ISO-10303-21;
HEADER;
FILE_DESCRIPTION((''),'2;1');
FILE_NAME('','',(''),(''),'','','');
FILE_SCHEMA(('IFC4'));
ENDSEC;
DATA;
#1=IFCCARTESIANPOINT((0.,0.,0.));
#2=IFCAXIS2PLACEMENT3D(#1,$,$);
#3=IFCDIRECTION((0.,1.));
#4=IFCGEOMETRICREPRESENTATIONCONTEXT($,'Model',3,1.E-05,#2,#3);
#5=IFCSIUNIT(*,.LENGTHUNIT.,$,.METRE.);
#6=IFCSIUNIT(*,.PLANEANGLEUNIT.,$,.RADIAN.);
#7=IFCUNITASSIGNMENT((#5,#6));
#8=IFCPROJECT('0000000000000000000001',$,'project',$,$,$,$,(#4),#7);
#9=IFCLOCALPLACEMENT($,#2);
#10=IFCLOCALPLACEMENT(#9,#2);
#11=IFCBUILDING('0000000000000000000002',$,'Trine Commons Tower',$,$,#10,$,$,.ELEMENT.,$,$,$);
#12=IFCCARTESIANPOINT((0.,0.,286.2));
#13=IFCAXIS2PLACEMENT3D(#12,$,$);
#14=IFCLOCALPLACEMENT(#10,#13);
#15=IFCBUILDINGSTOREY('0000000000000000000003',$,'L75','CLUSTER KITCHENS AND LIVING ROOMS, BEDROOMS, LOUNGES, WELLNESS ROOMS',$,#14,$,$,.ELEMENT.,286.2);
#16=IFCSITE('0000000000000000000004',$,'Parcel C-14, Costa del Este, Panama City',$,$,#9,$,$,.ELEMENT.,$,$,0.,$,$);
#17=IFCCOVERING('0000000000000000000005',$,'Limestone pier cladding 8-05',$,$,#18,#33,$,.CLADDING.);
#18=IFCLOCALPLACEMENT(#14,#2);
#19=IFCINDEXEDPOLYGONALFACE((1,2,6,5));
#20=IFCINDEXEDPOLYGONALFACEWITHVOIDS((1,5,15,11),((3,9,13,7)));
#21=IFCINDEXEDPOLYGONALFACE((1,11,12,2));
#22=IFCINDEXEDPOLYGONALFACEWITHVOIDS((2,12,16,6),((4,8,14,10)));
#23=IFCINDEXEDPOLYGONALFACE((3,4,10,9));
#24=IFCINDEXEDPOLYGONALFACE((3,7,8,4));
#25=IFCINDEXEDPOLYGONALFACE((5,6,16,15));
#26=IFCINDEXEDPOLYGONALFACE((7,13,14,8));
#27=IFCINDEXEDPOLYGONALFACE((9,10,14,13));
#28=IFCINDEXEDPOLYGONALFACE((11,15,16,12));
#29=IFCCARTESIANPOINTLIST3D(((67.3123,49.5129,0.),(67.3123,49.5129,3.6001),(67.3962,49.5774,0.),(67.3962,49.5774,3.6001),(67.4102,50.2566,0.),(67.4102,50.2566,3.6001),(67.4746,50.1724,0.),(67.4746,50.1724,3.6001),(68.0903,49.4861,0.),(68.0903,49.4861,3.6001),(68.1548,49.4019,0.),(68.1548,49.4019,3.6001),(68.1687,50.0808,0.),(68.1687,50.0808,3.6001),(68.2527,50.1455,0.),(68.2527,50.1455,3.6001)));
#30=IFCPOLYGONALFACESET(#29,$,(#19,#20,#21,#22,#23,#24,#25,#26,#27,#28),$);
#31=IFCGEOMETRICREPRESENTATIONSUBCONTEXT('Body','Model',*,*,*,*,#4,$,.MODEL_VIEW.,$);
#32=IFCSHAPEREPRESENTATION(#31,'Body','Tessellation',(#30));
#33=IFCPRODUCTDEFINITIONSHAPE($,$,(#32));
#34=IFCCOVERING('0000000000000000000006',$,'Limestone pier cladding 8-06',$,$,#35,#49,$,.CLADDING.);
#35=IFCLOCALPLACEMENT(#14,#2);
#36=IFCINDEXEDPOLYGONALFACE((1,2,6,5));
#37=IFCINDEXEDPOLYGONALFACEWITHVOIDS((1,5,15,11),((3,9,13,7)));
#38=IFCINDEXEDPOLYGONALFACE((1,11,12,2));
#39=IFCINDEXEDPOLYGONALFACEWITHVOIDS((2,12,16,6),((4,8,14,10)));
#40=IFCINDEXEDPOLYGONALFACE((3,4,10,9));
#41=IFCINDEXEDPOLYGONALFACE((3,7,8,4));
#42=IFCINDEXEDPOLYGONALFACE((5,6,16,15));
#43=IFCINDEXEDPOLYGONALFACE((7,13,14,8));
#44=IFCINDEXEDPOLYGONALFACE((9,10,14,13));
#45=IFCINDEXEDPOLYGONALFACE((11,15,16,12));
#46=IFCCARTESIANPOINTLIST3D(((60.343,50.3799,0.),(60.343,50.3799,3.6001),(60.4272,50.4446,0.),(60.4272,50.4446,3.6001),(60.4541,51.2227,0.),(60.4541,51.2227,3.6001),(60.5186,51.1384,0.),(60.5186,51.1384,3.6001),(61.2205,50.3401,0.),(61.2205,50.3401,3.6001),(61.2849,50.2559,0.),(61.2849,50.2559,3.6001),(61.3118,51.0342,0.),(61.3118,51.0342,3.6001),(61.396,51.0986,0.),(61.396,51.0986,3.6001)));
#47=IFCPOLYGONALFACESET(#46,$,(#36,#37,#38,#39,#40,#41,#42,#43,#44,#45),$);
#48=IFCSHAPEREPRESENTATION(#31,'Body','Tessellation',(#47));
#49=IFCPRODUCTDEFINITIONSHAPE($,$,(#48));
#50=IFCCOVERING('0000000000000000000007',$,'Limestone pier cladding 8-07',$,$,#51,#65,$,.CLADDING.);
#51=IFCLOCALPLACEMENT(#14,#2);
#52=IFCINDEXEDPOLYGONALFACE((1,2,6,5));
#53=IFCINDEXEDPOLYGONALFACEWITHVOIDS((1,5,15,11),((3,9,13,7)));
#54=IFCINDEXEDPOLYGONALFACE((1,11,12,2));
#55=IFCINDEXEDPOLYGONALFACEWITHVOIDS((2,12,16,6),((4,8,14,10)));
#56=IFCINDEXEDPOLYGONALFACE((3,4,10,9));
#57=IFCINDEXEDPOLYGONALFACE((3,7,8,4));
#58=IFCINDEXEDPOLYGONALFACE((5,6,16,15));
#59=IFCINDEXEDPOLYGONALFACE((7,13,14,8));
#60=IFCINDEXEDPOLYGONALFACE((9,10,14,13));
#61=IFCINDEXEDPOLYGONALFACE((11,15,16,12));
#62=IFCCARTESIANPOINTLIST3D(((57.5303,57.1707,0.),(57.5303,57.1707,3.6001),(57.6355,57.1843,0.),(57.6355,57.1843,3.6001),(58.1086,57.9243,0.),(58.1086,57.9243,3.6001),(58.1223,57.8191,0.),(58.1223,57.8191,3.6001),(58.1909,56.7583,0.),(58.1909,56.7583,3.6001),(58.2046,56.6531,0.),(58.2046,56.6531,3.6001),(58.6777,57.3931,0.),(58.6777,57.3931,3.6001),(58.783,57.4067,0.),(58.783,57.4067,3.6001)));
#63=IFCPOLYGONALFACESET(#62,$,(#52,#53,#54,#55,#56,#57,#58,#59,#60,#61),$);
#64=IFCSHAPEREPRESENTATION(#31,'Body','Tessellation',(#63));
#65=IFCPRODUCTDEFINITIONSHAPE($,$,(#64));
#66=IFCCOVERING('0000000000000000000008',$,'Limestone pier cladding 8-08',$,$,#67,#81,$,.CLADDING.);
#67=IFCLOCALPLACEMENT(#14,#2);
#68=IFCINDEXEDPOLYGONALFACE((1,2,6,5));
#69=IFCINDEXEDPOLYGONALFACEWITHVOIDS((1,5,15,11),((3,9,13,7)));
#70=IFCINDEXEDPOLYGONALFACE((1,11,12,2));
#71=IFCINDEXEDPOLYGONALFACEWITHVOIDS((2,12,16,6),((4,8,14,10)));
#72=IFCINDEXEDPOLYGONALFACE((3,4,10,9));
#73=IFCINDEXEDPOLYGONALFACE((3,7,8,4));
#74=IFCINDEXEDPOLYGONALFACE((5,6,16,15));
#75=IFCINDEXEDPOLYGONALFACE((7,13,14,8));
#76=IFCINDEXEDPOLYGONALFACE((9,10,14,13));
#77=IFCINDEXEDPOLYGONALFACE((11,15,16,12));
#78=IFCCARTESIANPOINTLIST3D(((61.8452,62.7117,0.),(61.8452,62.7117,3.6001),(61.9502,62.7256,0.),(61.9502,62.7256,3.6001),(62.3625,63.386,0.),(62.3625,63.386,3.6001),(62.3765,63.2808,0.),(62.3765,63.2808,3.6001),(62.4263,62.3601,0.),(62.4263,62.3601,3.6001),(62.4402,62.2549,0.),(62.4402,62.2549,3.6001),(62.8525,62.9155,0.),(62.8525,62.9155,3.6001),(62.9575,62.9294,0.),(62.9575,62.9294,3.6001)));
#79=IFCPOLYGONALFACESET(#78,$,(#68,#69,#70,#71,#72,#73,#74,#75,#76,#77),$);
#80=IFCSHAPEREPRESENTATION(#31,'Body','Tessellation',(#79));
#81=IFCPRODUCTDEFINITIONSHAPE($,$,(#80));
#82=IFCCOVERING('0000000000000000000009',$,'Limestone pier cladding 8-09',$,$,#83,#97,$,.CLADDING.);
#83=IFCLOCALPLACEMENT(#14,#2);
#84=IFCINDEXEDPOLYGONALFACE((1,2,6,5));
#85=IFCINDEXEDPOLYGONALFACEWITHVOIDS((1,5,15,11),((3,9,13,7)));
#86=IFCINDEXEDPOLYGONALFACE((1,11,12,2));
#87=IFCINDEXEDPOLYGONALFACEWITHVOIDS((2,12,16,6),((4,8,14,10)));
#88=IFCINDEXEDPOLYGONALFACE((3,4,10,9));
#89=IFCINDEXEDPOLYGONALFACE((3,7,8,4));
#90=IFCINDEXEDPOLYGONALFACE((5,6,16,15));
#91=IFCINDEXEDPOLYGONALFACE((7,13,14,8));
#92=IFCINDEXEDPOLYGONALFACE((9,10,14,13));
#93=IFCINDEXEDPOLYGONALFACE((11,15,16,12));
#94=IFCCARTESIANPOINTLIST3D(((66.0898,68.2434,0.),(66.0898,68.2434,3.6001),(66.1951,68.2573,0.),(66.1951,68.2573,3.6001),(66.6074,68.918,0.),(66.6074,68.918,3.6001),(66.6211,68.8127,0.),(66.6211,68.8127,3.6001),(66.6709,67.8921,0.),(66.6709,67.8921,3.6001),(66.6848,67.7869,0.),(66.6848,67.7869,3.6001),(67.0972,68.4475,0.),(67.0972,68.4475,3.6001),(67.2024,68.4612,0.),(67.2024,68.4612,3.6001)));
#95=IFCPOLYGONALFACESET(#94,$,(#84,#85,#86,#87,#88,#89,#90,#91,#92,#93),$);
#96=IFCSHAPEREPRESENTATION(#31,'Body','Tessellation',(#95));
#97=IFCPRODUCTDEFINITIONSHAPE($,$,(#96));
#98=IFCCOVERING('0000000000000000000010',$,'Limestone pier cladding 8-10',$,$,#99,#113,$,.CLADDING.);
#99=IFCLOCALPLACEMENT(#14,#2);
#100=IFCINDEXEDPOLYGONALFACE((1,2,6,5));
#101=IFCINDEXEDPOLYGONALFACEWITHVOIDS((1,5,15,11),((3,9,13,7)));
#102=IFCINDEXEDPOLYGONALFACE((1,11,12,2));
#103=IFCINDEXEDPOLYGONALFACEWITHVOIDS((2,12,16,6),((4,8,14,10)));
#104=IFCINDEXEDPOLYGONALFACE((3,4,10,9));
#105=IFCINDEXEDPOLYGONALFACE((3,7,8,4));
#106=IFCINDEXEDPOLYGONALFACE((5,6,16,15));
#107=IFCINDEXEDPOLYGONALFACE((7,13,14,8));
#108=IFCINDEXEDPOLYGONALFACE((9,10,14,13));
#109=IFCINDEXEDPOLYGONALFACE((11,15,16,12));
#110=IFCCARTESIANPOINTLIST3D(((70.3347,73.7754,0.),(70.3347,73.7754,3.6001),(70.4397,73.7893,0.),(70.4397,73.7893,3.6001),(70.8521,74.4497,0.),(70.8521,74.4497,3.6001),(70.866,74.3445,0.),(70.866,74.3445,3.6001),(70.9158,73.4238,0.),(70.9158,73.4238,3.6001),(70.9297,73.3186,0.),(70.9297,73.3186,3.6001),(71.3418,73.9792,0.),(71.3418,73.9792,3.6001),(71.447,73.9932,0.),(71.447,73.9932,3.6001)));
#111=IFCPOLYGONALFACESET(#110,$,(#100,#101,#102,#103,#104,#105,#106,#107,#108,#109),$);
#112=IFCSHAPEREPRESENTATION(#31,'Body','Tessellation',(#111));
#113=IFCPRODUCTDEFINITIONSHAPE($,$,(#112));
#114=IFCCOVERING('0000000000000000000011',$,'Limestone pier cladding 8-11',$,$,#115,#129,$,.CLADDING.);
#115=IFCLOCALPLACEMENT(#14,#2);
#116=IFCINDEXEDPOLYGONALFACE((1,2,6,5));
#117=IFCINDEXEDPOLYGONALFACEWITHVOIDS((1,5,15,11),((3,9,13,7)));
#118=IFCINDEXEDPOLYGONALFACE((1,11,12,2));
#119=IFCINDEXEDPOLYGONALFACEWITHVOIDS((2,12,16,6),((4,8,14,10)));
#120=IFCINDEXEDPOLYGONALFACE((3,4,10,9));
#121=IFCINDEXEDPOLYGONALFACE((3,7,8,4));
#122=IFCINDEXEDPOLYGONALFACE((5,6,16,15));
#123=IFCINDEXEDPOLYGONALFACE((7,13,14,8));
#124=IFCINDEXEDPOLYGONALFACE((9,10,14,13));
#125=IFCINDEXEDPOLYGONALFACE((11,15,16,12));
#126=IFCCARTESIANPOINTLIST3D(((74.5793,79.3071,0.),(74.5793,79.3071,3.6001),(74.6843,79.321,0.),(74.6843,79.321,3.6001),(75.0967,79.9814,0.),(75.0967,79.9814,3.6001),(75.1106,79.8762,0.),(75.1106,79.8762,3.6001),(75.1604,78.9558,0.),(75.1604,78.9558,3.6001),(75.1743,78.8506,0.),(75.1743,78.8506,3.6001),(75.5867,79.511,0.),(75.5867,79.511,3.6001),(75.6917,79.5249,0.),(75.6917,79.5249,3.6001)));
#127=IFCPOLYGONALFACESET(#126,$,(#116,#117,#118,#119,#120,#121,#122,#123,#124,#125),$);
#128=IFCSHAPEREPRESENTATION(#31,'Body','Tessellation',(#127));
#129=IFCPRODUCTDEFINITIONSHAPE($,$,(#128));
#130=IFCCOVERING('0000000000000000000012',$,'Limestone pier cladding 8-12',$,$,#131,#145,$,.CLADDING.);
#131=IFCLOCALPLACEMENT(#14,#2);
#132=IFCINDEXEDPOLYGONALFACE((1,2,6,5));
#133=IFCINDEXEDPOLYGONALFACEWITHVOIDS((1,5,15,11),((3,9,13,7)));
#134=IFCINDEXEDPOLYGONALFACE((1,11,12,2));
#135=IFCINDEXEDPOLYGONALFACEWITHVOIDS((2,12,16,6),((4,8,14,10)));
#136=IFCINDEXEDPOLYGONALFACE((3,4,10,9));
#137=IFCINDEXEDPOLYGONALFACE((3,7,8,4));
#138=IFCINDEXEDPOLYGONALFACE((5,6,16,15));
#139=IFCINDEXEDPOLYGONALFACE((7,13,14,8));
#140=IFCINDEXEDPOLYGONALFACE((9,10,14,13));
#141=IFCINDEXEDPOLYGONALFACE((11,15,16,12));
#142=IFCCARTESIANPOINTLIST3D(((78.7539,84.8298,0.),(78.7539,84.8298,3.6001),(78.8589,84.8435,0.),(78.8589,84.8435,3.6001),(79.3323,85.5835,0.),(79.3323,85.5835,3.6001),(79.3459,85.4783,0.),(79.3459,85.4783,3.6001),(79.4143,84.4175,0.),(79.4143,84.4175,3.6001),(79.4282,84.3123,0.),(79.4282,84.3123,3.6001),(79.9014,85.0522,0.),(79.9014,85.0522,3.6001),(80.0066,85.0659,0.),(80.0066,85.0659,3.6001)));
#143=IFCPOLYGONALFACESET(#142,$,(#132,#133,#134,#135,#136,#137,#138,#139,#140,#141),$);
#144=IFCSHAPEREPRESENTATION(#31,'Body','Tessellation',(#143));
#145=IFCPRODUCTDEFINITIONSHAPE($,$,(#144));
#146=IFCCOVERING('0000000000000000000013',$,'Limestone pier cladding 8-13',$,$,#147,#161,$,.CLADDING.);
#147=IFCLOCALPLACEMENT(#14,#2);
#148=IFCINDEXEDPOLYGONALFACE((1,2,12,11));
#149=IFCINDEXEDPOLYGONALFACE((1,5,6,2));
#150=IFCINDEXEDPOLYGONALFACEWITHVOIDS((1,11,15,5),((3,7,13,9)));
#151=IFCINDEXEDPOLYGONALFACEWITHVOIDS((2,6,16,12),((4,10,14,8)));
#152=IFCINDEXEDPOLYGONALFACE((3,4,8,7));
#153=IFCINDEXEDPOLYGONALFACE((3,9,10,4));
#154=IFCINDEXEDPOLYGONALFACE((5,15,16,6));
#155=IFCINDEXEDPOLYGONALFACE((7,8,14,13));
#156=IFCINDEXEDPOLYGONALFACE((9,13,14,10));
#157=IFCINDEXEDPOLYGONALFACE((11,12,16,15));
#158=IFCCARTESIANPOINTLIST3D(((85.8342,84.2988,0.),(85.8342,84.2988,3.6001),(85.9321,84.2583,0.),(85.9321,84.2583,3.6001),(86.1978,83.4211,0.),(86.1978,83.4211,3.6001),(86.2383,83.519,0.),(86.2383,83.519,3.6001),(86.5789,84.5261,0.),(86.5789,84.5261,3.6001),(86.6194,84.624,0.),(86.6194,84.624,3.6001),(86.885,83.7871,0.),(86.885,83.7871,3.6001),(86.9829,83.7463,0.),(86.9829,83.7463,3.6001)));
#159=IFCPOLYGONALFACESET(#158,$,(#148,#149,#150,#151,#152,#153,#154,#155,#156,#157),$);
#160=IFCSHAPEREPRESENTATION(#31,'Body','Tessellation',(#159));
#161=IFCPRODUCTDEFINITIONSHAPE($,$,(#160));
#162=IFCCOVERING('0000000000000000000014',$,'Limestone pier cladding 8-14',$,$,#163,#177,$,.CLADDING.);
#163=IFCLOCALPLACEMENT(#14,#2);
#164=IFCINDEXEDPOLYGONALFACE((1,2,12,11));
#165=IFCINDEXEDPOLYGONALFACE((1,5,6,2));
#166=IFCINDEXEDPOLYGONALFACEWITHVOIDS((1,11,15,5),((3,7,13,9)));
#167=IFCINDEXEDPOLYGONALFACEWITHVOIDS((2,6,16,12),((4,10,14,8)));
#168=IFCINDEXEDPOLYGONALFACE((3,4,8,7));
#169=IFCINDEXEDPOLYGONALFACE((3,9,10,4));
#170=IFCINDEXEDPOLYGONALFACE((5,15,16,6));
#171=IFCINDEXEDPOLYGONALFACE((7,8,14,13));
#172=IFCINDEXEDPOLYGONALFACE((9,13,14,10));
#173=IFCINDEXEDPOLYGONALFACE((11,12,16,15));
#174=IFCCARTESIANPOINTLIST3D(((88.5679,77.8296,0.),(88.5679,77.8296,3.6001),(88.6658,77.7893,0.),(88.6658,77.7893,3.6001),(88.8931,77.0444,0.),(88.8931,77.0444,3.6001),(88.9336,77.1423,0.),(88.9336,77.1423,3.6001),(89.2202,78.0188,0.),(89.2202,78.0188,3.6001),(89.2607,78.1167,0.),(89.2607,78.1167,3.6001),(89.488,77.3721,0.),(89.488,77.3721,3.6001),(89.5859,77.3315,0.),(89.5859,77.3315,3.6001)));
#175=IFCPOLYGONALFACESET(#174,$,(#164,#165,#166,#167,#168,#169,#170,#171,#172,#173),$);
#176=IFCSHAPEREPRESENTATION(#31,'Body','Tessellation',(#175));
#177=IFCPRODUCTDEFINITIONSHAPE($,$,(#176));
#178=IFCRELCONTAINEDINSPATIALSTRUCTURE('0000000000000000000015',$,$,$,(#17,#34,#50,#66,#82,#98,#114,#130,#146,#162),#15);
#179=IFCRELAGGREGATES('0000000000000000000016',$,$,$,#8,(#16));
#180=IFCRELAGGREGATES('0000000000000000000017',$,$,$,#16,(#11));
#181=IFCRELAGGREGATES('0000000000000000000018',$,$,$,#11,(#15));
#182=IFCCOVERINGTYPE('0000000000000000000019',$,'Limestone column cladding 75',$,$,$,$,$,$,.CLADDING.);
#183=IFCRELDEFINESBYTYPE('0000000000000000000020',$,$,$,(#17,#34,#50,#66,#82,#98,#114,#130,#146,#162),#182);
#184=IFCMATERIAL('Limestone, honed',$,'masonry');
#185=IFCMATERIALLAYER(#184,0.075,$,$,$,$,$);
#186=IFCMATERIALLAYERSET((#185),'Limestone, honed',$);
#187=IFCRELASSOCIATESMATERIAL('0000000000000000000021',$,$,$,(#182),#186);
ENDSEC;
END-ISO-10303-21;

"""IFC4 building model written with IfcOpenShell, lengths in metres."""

from ifc_helpers import new_model, si_unit, direction, frame, origin, place, context, subcontext, project, spatial, polyline, outline, extrude, material, layer, layer_set, type_object, element, save


model = new_model("IFC4")

# Units and contexts
model_context = context("Model", 3, precision=1e-05, world=origin(), true_north=direction((0.0, 1.0)))
body_context = subcontext(model_context, "Body", "Model", "MODEL_VIEW")
ifc_project = project(units=[si_unit("LENGTHUNIT", "METRE"), si_unit("PLANEANGLEUNIT", "RADIAN")], contexts=[model_context])

# Site, building, storey
site_placement = place(None, origin())
site = spatial("IfcSite", under=ifc_project, at=site_placement, Name="Parcel C-14, Costa del Este, Panama City", CompositionType="ELEMENT", RefElevation=0.0)
building_placement = place(site_placement, origin())
building = spatial("IfcBuilding", under=site, at=building_placement, Name="Trine Commons Tower", CompositionType="ELEMENT")
storey_placement = place(building_placement, frame((0.0, 0.0, 286.2)))
storey = spatial("IfcBuildingStorey", under=building, at=storey_placement, Name="L75", Description="CLUSTER KITCHENS AND LIVING ROOMS, BEDROOMS, LOUNGES, WELLNESS ROOMS", CompositionType="ELEMENT", Elevation=286.2)

# Coverings
ifc_material_1 = material(Name="Limestone, honed", Category="masonry")
ifc_layer_1 = layer(ifc_material_1, 0.075)
ifc_layer_set_1 = layer_set([ifc_layer_1], Name="Limestone, honed")
covering_type_1 = type_object("IfcCoveringType", Name="Limestone column cladding 75", PredefinedType="CLADDING", material=ifc_layer_set_1)
covering_1_placement = place(storey_placement, origin())
element("IfcCovering", 1, at=covering_1_placement, inside=storey, type_object=covering_type_1, Name="Limestone pier cladding 8-05", PredefinedType="CLADDING", context=body_context, shape_type="SweptSolid", body=[
    extrude(outline(polyline([(67.4102, 50.2566), (67.3123, 49.5129), (68.1548, 49.4019), (68.2527, 50.1455), (67.4102, 50.2566)]), holes=[polyline([(67.4746, 50.1724), (67.3962, 49.5774), (68.0903, 49.4861), (68.1687, 50.0808), (67.4746, 50.1724)])]), origin(), (0.0, 0.0, 1.0), 3.6001),
])
covering_2_placement = place(storey_placement, origin())
element("IfcCovering", 2, at=covering_2_placement, inside=storey, type_object=covering_type_1, Name="Limestone pier cladding 8-06", PredefinedType="CLADDING", context=body_context, shape_type="SweptSolid", body=[
    extrude(outline(polyline([(60.4541, 51.2227), (60.343, 50.3799), (61.2849, 50.2559), (61.396, 51.0986), (60.4541, 51.2227)]), holes=[polyline([(60.5186, 51.1384), (60.4272, 50.4446), (61.2205, 50.3401), (61.3118, 51.0342), (60.5186, 51.1384)])]), origin(), (0.0, 0.0, 1.0), 3.6001),
])
covering_3_placement = place(storey_placement, origin())
element("IfcCovering", 3, at=covering_3_placement, inside=storey, type_object=covering_type_1, Name="Limestone pier cladding 8-07", PredefinedType="CLADDING", context=body_context, shape_type="SweptSolid", body=[
    extrude(outline(polyline([(58.783, 57.4067), (58.1086, 57.9243), (57.5303, 57.1707), (58.2046, 56.6531), (58.783, 57.4067)]), holes=[polyline([(58.6777, 57.3931), (58.1223, 57.8191), (57.6355, 57.1843), (58.1909, 56.7583), (58.6777, 57.3931)])]), origin(), (0.0, 0.0, 1.0), 3.6001),
])
covering_4_placement = place(storey_placement, origin())
element("IfcCovering", 4, at=covering_4_placement, inside=storey, type_object=covering_type_1, Name="Limestone pier cladding 8-08", PredefinedType="CLADDING", context=body_context, shape_type="SweptSolid", body=[
    extrude(outline(polyline([(62.9575, 62.9294), (62.3625, 63.386), (61.8452, 62.7117), (62.4402, 62.2549), (62.9575, 62.9294)]), holes=[polyline([(62.8525, 62.9155), (62.3765, 63.2808), (61.9502, 62.7256), (62.4263, 62.3601), (62.8525, 62.9155)])]), origin(), (0.0, 0.0, 1.0), 3.6001),
])
covering_5_placement = place(storey_placement, origin())
element("IfcCovering", 5, at=covering_5_placement, inside=storey, type_object=covering_type_1, Name="Limestone pier cladding 8-09", PredefinedType="CLADDING", context=body_context, shape_type="SweptSolid", body=[
    extrude(outline(polyline([(67.2024, 68.4612), (66.6074, 68.918), (66.0898, 68.2434), (66.6848, 67.7869), (67.2024, 68.4612)]), holes=[polyline([(67.0972, 68.4475), (66.6211, 68.8127), (66.1951, 68.2573), (66.6709, 67.8921), (67.0972, 68.4475)])]), origin(), (0.0, 0.0, 1.0), 3.6001),
])
covering_6_placement = place(storey_placement, origin())
element("IfcCovering", 6, at=covering_6_placement, inside=storey, type_object=covering_type_1, Name="Limestone pier cladding 8-10", PredefinedType="CLADDING", context=body_context, shape_type="SweptSolid", body=[
    extrude(outline(polyline([(71.447, 73.9932), (70.8521, 74.4497), (70.3347, 73.7754), (70.9297, 73.3186), (71.447, 73.9932)]), holes=[polyline([(71.3418, 73.9792), (70.866, 74.3445), (70.4397, 73.7893), (70.9158, 73.4238), (71.3418, 73.9792)])]), origin(), (0.0, 0.0, 1.0), 3.6001),
])
covering_7_placement = place(storey_placement, origin())
element("IfcCovering", 7, at=covering_7_placement, inside=storey, type_object=covering_type_1, Name="Limestone pier cladding 8-11", PredefinedType="CLADDING", context=body_context, shape_type="SweptSolid", body=[
    extrude(outline(polyline([(75.6917, 79.5249), (75.0967, 79.9814), (74.5793, 79.3071), (75.1743, 78.8506), (75.6917, 79.5249)]), holes=[polyline([(75.5867, 79.511), (75.1106, 79.8762), (74.6843, 79.321), (75.1604, 78.9558), (75.5867, 79.511)])]), origin(), (0.0, 0.0, 1.0), 3.6001),
])
covering_8_placement = place(storey_placement, origin())
element("IfcCovering", 8, at=covering_8_placement, inside=storey, type_object=covering_type_1, Name="Limestone pier cladding 8-12", PredefinedType="CLADDING", context=body_context, shape_type="SweptSolid", body=[
    extrude(outline(polyline([(80.0066, 85.0659), (79.3323, 85.5835), (78.7539, 84.8298), (79.4282, 84.3123), (80.0066, 85.0659)]), holes=[polyline([(79.9014, 85.0522), (79.3459, 85.4783), (78.8589, 84.8435), (79.4143, 84.4175), (79.9014, 85.0522)])]), origin(), (0.0, 0.0, 1.0), 3.6001),
])
covering_9_placement = place(storey_placement, origin())
element("IfcCovering", 9, at=covering_9_placement, inside=storey, type_object=covering_type_1, Name="Limestone pier cladding 8-13", PredefinedType="CLADDING", context=body_context, shape_type="SweptSolid", body=[
    extrude(outline(polyline([(86.6194, 84.624), (85.8342, 84.2988), (86.1978, 83.4211), (86.9829, 83.7463), (86.6194, 84.624)]), holes=[polyline([(86.5789, 84.5261), (85.9321, 84.2583), (86.2383, 83.519), (86.885, 83.7871), (86.5789, 84.5261)])]), origin(), (0.0, 0.0, 1.0), 3.6001),
])
covering_10_placement = place(storey_placement, origin())
element("IfcCovering", 10, at=covering_10_placement, inside=storey, type_object=covering_type_1, Name="Limestone pier cladding 8-14", PredefinedType="CLADDING", context=body_context, shape_type="SweptSolid", body=[
    extrude(outline(polyline([(89.2607, 78.1167), (88.5679, 77.8296), (88.8931, 77.0444), (89.5859, 77.3315), (89.2607, 78.1167)]), holes=[polyline([(89.2202, 78.0188), (88.6658, 77.7893), (88.9336, 77.1423), (89.488, 77.3721), (89.2202, 78.0188)])]), origin(), (0.0, 0.0, 1.0), 3.6001),
])

save(model, "model.ifc")
